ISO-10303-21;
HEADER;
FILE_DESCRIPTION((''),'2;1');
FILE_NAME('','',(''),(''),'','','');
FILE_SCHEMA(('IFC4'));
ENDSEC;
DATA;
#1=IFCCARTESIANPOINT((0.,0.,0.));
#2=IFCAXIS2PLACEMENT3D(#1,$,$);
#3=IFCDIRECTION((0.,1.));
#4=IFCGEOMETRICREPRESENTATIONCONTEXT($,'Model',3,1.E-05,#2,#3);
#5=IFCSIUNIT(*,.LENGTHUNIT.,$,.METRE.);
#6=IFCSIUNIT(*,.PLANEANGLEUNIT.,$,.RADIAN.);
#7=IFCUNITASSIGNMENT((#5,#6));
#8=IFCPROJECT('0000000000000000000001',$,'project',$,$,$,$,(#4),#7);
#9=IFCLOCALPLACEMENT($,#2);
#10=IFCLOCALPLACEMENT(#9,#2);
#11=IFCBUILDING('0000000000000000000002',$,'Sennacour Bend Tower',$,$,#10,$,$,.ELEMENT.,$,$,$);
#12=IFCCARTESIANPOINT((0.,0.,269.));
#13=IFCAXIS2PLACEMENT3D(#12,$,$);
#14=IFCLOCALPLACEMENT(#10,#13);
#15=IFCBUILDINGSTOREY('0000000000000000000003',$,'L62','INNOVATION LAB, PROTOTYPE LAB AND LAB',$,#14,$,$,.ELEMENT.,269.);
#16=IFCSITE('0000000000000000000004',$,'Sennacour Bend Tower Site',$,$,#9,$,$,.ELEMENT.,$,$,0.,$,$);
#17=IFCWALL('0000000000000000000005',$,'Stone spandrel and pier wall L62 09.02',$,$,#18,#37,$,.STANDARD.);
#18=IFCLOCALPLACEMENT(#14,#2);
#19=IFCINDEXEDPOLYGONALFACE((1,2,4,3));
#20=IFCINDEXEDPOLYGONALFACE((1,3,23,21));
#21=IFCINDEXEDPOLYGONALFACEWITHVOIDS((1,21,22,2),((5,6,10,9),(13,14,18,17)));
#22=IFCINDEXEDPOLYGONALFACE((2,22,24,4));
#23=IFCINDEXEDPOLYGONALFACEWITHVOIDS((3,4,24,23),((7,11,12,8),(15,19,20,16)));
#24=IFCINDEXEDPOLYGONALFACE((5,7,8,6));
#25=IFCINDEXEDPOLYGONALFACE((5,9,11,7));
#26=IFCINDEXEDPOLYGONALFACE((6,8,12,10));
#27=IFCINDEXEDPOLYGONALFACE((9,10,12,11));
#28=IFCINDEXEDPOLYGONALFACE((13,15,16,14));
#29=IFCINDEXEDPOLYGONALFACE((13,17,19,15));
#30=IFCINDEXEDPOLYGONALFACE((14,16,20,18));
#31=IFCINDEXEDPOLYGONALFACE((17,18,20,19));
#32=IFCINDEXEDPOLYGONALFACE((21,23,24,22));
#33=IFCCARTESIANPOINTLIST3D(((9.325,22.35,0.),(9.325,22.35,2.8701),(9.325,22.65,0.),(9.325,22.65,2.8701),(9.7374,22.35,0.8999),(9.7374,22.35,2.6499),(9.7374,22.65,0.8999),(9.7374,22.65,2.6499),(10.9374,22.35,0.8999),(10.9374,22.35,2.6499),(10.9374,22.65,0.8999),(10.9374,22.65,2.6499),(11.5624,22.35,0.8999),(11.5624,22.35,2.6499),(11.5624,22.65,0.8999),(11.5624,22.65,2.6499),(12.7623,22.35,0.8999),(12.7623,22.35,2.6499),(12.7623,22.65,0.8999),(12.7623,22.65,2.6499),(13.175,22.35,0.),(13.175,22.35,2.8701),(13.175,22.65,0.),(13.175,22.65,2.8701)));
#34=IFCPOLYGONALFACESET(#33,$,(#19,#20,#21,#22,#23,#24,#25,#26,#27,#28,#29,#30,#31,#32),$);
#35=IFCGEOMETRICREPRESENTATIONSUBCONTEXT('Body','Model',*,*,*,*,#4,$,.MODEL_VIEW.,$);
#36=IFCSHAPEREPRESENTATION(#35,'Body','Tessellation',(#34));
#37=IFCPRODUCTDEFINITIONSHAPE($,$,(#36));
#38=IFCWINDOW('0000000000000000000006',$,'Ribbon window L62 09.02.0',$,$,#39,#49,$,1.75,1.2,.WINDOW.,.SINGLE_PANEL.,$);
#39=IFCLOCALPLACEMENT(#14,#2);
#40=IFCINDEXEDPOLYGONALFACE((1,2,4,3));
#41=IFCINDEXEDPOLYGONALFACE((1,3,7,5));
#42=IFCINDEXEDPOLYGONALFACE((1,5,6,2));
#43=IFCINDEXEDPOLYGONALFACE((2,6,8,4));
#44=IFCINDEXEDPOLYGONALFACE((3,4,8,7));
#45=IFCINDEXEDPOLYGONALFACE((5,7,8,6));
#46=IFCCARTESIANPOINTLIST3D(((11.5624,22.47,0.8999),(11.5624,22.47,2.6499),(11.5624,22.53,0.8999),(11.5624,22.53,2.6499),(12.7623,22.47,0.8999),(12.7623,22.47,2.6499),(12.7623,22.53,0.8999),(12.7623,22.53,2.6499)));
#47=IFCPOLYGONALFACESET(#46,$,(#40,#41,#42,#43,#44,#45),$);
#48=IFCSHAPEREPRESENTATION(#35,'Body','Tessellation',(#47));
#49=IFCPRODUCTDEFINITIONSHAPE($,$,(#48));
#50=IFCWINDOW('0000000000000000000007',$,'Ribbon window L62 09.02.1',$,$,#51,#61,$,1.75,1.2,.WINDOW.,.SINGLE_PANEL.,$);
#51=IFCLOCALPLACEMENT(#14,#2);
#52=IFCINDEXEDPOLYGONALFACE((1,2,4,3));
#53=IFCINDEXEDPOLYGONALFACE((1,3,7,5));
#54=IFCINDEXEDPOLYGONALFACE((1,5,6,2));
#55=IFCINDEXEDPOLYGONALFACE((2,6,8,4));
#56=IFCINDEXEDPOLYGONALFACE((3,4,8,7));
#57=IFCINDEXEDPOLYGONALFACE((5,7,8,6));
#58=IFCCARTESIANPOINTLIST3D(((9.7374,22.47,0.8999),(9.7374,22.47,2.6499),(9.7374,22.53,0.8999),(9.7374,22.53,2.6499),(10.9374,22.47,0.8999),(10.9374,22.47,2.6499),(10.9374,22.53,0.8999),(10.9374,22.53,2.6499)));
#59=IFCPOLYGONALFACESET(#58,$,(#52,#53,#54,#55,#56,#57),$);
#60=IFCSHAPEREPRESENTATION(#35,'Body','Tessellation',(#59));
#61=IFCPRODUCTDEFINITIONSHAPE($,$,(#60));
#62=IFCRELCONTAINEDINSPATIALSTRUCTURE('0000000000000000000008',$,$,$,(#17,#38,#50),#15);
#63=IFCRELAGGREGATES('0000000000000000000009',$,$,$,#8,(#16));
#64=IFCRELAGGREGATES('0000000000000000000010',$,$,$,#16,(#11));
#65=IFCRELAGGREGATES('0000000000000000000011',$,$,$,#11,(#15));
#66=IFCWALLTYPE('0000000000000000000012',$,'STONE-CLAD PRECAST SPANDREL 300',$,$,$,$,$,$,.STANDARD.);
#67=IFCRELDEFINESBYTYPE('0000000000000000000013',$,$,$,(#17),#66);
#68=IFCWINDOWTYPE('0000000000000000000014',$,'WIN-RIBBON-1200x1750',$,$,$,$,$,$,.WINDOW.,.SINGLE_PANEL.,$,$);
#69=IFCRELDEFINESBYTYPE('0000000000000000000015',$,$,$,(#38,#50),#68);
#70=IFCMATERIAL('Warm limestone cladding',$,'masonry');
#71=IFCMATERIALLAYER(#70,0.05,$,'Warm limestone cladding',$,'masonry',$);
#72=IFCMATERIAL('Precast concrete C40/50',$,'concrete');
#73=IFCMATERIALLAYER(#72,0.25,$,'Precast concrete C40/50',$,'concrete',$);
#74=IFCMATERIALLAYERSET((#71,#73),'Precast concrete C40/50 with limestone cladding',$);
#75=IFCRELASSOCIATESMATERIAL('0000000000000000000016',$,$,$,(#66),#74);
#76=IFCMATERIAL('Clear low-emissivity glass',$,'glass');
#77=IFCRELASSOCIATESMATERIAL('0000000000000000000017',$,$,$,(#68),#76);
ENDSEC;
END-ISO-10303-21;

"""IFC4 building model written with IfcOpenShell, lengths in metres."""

from ifc_helpers import new_model, si_unit, direction, frame, frame_2d, origin, place, context, subcontext, project, spatial, rectangle, extrude, material, layer, layer_set, type_object, element, fill, save


model = new_model("IFC4")

# Units and contexts
model_context = context("Model", 3, precision=1e-05, world=origin(), true_north=direction((0.0, 1.0)))
body_context = subcontext(model_context, "Body", "Model", "MODEL_VIEW")
ifc_project = project(units=[si_unit("LENGTHUNIT", "METRE"), si_unit("PLANEANGLEUNIT", "RADIAN")], contexts=[model_context])

# Site, building, storey
site_placement = place(None, origin())
site = spatial("IfcSite", under=ifc_project, at=site_placement, Name="Sennacour Bend Tower Site", CompositionType="ELEMENT", RefElevation=0.0)
building_placement = place(site_placement, origin())
building = spatial("IfcBuilding", under=site, at=building_placement, Name="Sennacour Bend Tower", CompositionType="ELEMENT")
storey_placement = place(building_placement, frame((0.0, 0.0, 269.0)))
storey = spatial("IfcBuildingStorey", under=building, at=storey_placement, Name="L62", Description="INNOVATION LAB, PROTOTYPE LAB AND LAB", CompositionType="ELEMENT", Elevation=269.0)

# Wall, openings, windows
ifc_material_1 = material(Name="Warm limestone cladding", Category="masonry")
ifc_layer_1 = layer(ifc_material_1, 0.05, Name="Warm limestone cladding", Category="masonry")
ifc_material_2 = material(Name="Precast concrete C40/50", Category="concrete")
ifc_layer_2 = layer(ifc_material_2, 0.25, Name="Precast concrete C40/50", Category="concrete")
ifc_layer_set_1 = layer_set([ifc_layer_1, ifc_layer_2], Name="Precast concrete C40/50 with limestone cladding")
wall_type_1 = type_object("IfcWallType", Name="STONE-CLAD PRECAST SPANDREL 300", PredefinedType="STANDARD", material=ifc_layer_set_1)
ifc_material_3 = material(Name="Clear low-emissivity glass", Category="glass")
window_type = type_object("IfcWindowType", Name="WIN-RIBBON-1200x1750", PartitioningType="SINGLE_PANEL", PredefinedType="WINDOW", material=ifc_material_3)
wall_1_placement = place(storey_placement, frame((13.175, 22.5, 0.0), z_axis=(0.0, 0.0, 1.0), x_axis=(-1.0, 0.0, 0.0)))
wall_1 = element("IfcWall", 1, at=wall_1_placement, inside=storey, type_object=wall_type_1, Name="Stone spandrel and pier wall L62 09.02", PredefinedType="STANDARD", context=body_context, shape_type="SweptSolid", body=[
    extrude(rectangle(XDim=3.8501, YDim=0.3, at=frame_2d((1.925, 0.0))), origin(), (0.0, 0.0, 1.0), 2.8701),
])
opening_1_placement = place(wall_1_placement, frame((0.4126, 0.0, 0.8999)))
opening_1 = element("IfcOpeningElement", 2, at=opening_1_placement, cuts=wall_1, PredefinedType="OPENING", context=body_context, shape_type="SweptSolid", body=[
    extrude(rectangle(XDim=1.2, YDim=1.75, at=frame_2d((0.6001, 0.875))), frame((0.0, 0.1602, 0.0), z_axis=(0.0, -1.0, 0.0), x_axis=(1.0, 0.0, 0.0)), (0.0, 0.0, 1.0), 0.3201),
])
opening_2_placement = place(wall_1_placement, frame((2.2375, 0.0, 0.8999)))
opening_2 = element("IfcOpeningElement", 3, at=opening_2_placement, cuts=wall_1, PredefinedType="OPENING", context=body_context, shape_type="SweptSolid", body=[
    extrude(rectangle(XDim=1.2, YDim=1.75, at=frame_2d((0.6001, 0.875))), frame((0.0, 0.1602, 0.0), z_axis=(0.0, -1.0, 0.0), x_axis=(1.0, 0.0, 0.0)), (0.0, 0.0, 1.0), 0.3201),
])
window_1_placement = place(opening_1_placement, origin())
window_1 = element("IfcWindow", 4, at=window_1_placement, inside=storey, type_object=window_type, Name="Ribbon window L62 09.02.0", OverallHeight=1.75, OverallWidth=1.2, PartitioningType="SINGLE_PANEL", PredefinedType="WINDOW", context=body_context, shape_type="SweptSolid", body=[
    extrude(rectangle(XDim=1.2, YDim=1.75, at=frame_2d((0.6001, 0.875))), frame((0.0, 0.03, 0.0), z_axis=(0.0, -1.0, 0.0), x_axis=(1.0, 0.0, 0.0)), (0.0, 0.0, 1.0), 0.0601),
])
fill(opening_1, window_1)
window_2_placement = place(opening_2_placement, origin())
window_2 = element("IfcWindow", 5, at=window_2_placement, inside=storey, type_object=window_type, Name="Ribbon window L62 09.02.1", OverallHeight=1.75, OverallWidth=1.2, PartitioningType="SINGLE_PANEL", PredefinedType="WINDOW", context=body_context, shape_type="SweptSolid", body=[
    extrude(rectangle(XDim=1.2, YDim=1.75, at=frame_2d((0.6001, 0.875))), frame((0.0, 0.03, 0.0), z_axis=(0.0, -1.0, 0.0), x_axis=(1.0, 0.0, 0.0)), (0.0, 0.0, 1.0), 0.0601),
])
fill(opening_2, window_2)

save(model, "model.ifc")
